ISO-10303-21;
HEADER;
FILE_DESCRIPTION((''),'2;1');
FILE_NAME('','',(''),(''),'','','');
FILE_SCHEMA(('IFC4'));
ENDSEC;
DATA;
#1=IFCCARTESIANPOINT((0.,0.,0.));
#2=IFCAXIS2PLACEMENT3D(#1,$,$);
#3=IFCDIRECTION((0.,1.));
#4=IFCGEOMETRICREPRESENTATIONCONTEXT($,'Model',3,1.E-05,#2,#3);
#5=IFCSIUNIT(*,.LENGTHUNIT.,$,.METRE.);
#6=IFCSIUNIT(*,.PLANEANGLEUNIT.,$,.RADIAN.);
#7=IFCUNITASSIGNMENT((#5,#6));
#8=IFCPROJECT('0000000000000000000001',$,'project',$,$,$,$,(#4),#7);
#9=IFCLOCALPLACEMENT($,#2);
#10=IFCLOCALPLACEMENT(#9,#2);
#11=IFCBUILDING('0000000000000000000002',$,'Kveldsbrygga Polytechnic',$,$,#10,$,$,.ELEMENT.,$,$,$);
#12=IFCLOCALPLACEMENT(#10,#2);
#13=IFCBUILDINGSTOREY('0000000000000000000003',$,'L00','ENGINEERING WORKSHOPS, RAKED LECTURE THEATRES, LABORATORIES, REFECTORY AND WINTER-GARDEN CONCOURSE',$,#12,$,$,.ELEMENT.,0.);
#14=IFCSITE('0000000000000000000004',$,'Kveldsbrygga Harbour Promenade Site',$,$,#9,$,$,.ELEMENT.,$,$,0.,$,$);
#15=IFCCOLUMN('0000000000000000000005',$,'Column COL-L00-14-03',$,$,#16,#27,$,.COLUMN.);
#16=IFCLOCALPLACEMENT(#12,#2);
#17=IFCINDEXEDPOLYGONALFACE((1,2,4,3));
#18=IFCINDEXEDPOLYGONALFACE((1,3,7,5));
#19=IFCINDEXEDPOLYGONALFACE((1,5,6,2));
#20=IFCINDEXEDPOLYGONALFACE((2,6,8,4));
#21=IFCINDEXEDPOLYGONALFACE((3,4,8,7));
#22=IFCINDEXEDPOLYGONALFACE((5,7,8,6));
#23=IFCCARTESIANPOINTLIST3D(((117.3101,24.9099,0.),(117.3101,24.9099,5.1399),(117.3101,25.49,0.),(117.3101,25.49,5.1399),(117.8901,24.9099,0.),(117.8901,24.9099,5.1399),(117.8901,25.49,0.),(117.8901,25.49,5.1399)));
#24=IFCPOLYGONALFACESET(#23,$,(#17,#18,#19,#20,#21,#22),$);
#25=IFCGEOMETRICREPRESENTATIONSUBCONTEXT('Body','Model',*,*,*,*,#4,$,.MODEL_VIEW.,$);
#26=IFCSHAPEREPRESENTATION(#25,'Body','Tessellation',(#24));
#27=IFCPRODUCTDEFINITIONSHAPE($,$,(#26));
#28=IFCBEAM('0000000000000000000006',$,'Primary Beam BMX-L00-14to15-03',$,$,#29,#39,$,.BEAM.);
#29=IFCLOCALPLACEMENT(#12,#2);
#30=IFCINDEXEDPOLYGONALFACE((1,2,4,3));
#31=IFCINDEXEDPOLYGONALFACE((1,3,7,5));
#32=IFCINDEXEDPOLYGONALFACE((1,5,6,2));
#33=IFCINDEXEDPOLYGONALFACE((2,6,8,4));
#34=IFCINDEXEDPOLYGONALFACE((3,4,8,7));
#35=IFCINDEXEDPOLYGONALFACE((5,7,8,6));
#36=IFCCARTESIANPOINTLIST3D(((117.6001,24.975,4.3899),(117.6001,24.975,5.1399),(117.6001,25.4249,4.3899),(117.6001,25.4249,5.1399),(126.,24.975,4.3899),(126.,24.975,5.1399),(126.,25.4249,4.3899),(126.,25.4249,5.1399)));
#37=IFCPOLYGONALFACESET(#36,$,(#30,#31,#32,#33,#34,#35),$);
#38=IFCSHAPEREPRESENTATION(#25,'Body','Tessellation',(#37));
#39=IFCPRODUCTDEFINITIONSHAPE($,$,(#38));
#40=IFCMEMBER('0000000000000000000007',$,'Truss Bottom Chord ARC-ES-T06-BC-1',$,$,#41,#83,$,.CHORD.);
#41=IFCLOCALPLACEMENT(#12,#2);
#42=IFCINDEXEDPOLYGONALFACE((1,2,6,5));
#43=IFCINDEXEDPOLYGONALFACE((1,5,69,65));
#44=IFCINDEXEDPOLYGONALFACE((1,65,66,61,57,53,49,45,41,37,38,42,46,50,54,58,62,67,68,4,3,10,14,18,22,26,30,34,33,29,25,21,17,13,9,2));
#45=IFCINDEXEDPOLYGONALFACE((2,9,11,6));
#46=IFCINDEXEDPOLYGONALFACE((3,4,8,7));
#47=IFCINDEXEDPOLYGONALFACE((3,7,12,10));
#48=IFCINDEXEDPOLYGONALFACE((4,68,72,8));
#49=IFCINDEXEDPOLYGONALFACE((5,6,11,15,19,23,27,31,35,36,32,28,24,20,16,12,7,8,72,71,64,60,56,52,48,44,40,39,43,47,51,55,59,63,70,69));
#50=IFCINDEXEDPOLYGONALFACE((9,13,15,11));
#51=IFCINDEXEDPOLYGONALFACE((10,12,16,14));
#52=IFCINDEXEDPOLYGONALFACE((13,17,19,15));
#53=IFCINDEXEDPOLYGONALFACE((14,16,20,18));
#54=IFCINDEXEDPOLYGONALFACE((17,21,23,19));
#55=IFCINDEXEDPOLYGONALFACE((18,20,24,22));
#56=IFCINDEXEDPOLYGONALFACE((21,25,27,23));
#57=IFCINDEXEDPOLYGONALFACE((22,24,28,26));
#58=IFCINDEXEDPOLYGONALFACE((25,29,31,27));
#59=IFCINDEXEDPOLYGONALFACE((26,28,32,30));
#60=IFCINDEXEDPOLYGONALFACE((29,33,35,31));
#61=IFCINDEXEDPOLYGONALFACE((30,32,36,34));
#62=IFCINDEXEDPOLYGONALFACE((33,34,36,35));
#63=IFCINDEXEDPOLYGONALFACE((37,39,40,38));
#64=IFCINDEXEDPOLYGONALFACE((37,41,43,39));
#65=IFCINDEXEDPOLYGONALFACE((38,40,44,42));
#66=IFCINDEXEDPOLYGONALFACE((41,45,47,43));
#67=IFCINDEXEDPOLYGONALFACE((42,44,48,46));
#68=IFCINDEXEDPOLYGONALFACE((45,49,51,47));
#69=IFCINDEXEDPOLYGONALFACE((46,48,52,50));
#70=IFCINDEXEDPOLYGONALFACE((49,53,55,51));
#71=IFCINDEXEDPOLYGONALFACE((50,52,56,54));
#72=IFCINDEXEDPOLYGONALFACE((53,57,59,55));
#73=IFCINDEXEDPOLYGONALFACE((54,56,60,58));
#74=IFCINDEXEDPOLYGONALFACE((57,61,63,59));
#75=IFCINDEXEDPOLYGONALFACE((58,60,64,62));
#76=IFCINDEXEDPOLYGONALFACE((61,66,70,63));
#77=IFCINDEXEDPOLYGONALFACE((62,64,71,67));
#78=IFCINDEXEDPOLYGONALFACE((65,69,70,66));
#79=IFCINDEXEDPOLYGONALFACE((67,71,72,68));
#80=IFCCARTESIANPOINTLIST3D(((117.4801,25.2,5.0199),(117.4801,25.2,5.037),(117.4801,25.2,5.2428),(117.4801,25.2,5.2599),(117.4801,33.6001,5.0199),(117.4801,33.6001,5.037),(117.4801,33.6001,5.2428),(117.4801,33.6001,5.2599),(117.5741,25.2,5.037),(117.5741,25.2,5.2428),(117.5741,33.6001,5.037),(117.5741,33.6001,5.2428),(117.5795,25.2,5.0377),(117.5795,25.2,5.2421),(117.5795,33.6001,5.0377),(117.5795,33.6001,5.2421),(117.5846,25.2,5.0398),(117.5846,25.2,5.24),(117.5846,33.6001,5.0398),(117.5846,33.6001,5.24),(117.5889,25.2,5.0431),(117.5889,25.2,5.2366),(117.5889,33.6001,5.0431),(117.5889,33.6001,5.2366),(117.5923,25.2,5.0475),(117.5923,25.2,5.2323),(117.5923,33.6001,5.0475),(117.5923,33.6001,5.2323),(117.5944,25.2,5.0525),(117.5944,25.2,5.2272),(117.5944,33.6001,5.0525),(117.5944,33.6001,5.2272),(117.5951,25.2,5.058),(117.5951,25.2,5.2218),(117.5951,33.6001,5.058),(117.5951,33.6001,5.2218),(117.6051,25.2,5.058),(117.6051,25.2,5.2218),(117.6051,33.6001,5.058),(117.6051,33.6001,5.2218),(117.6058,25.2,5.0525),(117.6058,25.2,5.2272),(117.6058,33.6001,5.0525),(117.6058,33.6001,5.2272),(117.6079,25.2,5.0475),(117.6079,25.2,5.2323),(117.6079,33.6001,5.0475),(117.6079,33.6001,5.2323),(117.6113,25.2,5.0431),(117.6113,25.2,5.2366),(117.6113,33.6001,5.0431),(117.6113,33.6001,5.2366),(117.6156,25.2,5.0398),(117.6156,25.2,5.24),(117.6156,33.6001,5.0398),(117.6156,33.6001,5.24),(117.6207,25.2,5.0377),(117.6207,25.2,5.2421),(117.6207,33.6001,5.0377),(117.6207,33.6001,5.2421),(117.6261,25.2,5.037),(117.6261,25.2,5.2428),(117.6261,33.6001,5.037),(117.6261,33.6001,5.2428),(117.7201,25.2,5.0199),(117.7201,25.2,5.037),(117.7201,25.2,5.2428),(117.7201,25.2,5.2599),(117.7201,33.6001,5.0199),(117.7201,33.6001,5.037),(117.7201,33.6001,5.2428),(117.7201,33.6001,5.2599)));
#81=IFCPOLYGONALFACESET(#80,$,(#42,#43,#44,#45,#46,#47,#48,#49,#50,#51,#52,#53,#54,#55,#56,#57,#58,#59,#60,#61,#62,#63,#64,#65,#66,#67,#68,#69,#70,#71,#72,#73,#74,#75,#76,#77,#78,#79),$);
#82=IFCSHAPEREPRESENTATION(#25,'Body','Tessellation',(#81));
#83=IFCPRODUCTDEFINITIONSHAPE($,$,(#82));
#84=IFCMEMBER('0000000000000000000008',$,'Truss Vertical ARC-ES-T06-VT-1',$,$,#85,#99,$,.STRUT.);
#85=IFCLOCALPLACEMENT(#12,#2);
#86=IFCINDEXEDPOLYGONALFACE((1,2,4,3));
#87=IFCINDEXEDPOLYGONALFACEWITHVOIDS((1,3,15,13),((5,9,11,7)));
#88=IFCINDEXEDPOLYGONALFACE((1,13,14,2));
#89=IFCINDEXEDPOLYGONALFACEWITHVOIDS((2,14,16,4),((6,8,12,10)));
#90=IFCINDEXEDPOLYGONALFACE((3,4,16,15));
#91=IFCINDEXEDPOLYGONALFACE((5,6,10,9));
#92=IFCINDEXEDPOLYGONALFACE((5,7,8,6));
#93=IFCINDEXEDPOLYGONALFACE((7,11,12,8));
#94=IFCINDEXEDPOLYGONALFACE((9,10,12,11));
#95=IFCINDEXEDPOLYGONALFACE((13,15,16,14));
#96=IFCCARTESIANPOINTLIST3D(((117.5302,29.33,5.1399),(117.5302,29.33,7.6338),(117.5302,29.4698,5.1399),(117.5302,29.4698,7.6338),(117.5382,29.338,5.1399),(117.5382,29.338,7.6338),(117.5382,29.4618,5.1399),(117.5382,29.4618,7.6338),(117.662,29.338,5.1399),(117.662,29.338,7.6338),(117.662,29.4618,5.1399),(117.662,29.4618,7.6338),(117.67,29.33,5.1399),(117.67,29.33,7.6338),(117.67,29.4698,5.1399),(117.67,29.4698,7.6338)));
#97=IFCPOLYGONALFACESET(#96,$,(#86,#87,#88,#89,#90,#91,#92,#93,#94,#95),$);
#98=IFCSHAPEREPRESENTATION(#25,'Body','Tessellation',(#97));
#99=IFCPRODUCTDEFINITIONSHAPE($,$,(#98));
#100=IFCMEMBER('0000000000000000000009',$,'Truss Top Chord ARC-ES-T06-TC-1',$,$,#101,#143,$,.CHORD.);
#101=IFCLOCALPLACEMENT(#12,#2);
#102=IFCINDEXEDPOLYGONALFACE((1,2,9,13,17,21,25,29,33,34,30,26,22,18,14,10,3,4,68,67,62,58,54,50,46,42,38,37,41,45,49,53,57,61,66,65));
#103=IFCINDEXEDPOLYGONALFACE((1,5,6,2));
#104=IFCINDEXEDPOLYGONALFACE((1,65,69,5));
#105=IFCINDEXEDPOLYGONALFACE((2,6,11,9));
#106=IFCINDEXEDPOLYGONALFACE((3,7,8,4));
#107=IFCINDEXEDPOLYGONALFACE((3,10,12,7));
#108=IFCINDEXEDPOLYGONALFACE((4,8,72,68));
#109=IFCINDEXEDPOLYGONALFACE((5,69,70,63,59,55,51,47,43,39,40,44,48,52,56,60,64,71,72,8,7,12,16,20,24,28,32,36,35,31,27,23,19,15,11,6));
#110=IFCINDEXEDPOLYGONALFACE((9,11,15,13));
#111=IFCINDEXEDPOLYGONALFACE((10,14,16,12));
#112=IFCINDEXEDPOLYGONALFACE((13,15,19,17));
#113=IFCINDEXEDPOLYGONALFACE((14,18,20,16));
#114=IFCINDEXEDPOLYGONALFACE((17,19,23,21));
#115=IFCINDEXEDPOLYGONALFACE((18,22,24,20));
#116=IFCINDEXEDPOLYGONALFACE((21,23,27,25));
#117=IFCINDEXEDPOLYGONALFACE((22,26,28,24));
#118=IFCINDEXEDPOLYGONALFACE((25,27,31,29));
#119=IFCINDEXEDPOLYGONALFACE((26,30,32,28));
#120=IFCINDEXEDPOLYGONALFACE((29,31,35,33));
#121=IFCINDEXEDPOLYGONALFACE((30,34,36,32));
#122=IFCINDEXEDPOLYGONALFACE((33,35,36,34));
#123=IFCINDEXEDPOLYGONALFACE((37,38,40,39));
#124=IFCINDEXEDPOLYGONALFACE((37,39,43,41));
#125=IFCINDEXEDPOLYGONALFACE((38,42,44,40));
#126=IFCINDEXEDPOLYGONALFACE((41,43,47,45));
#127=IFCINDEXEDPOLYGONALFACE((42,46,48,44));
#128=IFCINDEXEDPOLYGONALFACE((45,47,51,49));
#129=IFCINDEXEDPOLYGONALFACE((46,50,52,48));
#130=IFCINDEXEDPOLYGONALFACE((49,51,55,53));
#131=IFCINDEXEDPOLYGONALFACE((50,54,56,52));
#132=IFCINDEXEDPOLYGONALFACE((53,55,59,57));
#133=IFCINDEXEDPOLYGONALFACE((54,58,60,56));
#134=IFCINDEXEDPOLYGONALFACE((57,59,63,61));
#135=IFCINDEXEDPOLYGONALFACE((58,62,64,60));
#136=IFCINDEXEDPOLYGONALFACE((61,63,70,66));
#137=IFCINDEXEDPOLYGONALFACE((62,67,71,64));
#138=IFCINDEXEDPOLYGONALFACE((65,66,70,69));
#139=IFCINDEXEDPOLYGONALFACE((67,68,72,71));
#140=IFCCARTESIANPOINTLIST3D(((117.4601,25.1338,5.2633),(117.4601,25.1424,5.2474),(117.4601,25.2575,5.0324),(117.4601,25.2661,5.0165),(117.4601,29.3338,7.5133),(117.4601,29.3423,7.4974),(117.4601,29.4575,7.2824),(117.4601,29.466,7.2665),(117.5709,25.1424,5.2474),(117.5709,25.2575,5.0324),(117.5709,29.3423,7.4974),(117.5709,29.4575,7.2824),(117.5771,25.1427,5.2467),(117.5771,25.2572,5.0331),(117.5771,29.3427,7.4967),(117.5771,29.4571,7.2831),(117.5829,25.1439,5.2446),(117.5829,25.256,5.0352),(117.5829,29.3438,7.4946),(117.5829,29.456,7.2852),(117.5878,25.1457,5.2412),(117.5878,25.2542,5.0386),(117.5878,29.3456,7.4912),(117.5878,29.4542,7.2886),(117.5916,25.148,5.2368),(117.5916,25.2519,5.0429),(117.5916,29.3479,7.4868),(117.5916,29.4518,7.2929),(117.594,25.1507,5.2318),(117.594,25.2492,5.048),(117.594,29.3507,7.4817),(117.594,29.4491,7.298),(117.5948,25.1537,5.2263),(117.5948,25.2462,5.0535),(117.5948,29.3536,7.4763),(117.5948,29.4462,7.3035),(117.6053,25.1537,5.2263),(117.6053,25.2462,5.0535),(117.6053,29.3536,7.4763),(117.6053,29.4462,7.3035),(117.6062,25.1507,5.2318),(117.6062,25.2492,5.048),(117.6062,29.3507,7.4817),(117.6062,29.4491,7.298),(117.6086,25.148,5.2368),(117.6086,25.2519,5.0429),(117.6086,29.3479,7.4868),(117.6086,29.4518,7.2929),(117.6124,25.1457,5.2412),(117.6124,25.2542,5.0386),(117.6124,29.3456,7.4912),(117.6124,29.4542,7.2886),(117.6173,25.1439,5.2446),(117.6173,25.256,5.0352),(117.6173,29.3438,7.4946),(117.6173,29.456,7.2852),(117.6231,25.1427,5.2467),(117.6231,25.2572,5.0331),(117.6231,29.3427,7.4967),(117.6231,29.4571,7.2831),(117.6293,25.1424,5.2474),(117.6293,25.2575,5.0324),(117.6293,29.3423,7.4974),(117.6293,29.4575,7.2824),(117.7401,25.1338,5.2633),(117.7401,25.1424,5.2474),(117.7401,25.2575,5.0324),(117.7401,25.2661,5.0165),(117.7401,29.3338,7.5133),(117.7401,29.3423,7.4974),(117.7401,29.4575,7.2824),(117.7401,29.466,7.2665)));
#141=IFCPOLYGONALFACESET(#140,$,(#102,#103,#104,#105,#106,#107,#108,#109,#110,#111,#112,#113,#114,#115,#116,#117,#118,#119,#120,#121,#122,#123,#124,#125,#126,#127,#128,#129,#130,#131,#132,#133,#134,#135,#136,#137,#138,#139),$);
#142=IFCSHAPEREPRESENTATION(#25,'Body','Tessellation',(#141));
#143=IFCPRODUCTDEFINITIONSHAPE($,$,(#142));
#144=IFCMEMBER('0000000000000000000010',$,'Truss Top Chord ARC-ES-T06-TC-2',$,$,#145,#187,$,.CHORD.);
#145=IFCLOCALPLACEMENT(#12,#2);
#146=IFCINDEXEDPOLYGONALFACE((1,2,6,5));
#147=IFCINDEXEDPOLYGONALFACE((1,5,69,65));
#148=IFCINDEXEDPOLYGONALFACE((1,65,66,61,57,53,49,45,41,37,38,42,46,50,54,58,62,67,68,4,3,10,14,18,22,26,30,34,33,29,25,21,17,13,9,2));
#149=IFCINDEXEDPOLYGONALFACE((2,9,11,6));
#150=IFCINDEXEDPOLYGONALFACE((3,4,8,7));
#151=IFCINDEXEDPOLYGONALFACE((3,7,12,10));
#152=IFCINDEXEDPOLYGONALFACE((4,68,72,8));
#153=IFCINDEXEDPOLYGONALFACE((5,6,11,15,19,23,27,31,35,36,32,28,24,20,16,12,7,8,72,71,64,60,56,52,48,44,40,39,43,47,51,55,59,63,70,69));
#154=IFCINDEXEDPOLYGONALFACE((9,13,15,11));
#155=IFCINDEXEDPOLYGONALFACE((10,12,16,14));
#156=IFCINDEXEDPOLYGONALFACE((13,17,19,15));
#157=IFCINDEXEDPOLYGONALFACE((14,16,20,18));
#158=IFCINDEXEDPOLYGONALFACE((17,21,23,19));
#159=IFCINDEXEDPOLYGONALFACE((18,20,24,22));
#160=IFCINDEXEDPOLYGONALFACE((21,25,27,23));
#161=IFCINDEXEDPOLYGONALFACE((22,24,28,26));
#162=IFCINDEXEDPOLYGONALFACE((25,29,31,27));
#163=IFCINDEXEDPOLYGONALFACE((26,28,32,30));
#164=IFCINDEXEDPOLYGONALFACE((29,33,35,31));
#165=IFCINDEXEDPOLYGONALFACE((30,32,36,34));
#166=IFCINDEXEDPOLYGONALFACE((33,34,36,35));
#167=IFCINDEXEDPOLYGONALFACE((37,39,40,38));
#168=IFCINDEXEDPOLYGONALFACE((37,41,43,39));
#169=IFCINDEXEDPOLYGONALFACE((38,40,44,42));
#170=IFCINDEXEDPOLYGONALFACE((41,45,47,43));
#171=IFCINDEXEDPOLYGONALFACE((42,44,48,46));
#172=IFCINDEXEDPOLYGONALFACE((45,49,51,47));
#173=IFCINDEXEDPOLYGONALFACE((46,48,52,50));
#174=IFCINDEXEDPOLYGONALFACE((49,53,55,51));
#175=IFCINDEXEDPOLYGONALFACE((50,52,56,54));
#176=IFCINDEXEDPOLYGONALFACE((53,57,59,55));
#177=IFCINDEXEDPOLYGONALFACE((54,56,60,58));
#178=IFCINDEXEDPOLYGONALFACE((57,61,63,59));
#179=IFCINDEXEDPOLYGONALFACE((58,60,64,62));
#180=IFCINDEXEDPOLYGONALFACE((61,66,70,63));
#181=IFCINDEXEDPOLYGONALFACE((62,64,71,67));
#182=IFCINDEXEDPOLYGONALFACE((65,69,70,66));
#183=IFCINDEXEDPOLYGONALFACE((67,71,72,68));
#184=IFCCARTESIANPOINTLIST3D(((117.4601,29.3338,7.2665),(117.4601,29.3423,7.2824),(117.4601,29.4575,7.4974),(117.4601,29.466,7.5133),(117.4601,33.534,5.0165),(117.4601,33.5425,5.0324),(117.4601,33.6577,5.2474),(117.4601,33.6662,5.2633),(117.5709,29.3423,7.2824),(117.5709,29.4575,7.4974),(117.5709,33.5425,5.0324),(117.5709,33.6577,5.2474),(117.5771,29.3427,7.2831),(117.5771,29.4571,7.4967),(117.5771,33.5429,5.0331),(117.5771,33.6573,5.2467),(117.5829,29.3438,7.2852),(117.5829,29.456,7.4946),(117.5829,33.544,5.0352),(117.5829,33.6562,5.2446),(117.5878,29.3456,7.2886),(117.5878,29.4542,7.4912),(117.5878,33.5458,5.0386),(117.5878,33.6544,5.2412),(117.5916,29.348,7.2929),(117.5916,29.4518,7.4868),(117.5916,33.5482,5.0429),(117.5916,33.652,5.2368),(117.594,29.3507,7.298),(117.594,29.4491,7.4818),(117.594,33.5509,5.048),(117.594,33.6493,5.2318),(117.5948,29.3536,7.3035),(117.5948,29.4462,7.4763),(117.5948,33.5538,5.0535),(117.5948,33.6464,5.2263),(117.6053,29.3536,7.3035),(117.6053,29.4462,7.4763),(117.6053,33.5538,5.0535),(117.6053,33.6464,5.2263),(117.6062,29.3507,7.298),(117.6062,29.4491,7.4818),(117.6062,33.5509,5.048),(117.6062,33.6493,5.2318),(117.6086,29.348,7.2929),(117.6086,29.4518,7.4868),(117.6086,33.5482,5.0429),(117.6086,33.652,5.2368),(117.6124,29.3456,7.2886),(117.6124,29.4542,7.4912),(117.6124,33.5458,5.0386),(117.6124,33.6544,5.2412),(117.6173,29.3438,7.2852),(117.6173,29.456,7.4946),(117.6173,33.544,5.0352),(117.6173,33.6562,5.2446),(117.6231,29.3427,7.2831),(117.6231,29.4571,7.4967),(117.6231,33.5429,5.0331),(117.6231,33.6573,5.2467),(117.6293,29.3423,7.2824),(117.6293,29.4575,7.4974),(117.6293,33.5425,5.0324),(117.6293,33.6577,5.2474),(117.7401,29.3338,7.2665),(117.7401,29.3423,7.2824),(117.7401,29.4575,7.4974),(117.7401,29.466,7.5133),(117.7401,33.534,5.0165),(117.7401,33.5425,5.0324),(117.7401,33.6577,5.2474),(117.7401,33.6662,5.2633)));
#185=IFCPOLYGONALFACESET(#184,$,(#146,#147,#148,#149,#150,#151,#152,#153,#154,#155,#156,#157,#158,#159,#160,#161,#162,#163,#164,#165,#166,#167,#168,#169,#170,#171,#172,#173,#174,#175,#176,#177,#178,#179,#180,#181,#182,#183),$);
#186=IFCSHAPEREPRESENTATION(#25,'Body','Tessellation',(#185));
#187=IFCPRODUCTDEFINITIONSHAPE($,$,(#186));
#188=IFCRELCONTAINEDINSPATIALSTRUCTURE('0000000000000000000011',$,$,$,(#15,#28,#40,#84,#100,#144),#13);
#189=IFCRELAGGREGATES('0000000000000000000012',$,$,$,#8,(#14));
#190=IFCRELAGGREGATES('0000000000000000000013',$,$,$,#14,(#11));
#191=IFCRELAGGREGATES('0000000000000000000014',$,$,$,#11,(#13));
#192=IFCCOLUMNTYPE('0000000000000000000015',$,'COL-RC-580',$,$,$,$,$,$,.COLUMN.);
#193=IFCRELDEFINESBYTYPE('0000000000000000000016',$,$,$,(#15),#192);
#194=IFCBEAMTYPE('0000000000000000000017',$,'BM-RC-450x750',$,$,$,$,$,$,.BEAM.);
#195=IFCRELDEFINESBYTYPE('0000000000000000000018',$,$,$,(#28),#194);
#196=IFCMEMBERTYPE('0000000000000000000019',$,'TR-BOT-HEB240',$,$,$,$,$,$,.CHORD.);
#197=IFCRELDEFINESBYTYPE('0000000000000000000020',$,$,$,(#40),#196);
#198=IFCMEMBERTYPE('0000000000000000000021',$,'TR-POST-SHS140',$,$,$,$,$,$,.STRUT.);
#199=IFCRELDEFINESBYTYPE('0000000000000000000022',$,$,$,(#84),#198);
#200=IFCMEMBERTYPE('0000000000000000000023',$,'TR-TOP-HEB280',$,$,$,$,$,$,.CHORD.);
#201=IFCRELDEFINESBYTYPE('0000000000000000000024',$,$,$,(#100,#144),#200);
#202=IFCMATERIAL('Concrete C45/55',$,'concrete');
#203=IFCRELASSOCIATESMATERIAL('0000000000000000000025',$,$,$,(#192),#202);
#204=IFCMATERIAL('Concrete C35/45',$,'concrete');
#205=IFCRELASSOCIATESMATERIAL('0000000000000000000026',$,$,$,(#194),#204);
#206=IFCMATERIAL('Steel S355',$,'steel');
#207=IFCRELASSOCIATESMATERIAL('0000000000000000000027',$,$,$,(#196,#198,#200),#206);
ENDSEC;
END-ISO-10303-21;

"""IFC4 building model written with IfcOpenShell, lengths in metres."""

from ifc_helpers import new_model, si_unit, direction, frame, origin, origin_2d, place, context, subcontext, project, spatial, rectangle, hollow_rectangle, i_section, extrude, material, material_profile, profile_set, type_object, element, save


model = new_model("IFC4")

# Units and contexts
model_context = context("Model", 3, precision=1e-05, world=origin(), true_north=direction((0.0, 1.0)))
body_context = subcontext(model_context, "Body", "Model", "MODEL_VIEW")
ifc_project = project(units=[si_unit("LENGTHUNIT", "METRE"), si_unit("PLANEANGLEUNIT", "RADIAN")], contexts=[model_context])

# Site, building, storey
site_placement = place(None, origin())
site = spatial("IfcSite", under=ifc_project, at=site_placement, Name="Kveldsbrygga Harbour Promenade Site", CompositionType="ELEMENT", RefElevation=0.0)
building_placement = place(site_placement, origin())
building = spatial("IfcBuilding", under=site, at=building_placement, Name="Kveldsbrygga Polytechnic", CompositionType="ELEMENT")
storey_placement = place(building_placement, origin())
storey = spatial("IfcBuildingStorey", under=building, at=storey_placement, Name="L00", Description="ENGINEERING WORKSHOPS, RAKED LECTURE THEATRES, LABORATORIES, REFECTORY AND WINTER-GARDEN CONCOURSE", CompositionType="ELEMENT", Elevation=0.0)

# Column
ifc_material_1 = material(Name="Concrete C45/55", Category="concrete")
ifc_material_profile_1 = material_profile(ifc_material_1, rectangle(XDim=0.5801, YDim=0.5801, at=origin_2d()), Name="RC 580x580")
ifc_profile_set_1 = profile_set([ifc_material_profile_1], Name="Concrete C45/55")
column_type = type_object("IfcColumnType", Name="COL-RC-580", PredefinedType="COLUMN", material=ifc_profile_set_1)
column_placement = place(storey_placement, frame((117.6001, 25.2, 0.0), z_axis=(0.0, 0.0, 1.0), x_axis=(1.0, 0.0, 0.0)))
element("IfcColumn", 1, at=column_placement, inside=storey, type_object=column_type, Name="Column COL-L00-14-03", PredefinedType="COLUMN", context=body_context, shape_type="SweptSolid", body=[
    extrude(rectangle(XDim=0.5801, YDim=0.5801, at=origin_2d()), origin(), (0.0, 0.0, 1.0), 5.1399),
])

# Beam
ifc_material_2 = material(Name="Concrete C35/45", Category="concrete")
ifc_material_profile_2 = material_profile(ifc_material_2, rectangle(XDim=0.45, YDim=0.75, at=origin_2d()), Name="RC 450x750")
ifc_profile_set_2 = profile_set([ifc_material_profile_2], Name="Concrete C35/45")
beam_type = type_object("IfcBeamType", Name="BM-RC-450x750", PredefinedType="BEAM", material=ifc_profile_set_2)
beam_placement = place(storey_placement, frame((117.6001, 25.2, 4.7649), z_axis=(1.0, 0.0, 0.0), x_axis=(0.0, 1.0, 0.0)))
element("IfcBeam", 2, at=beam_placement, inside=storey, type_object=beam_type, Name="Primary Beam BMX-L00-14to15-03", PredefinedType="BEAM", context=body_context, shape_type="SweptSolid", body=[
    extrude(rectangle(XDim=0.45, YDim=0.75, at=origin_2d()), origin(), (0.0, 0.0, 1.0), 8.3999),
])

# Members
ifc_material_3 = material(Name="Steel S355", Category="steel")
ifc_material_profile_3 = material_profile(ifc_material_3, i_section(OverallWidth=0.24, OverallDepth=0.24, WebThickness=0.01, FlangeThickness=0.0171, FilletRadius=0.021, at=origin_2d()), Name="HEB 240")
ifc_profile_set_3 = profile_set([ifc_material_profile_3], Name="Steel S355")
member_type_1 = type_object("IfcMemberType", Name="TR-BOT-HEB240", PredefinedType="CHORD", material=ifc_profile_set_3)
member_1_placement = place(storey_placement, frame((117.6001, 25.2, 5.1399), z_axis=(0.0, 1.0, 0.0), x_axis=(-1.0, 0.0, 0.0)))
element("IfcMember", 3, at=member_1_placement, inside=storey, type_object=member_type_1, Name="Truss Bottom Chord ARC-ES-T06-BC-1", PredefinedType="CHORD", context=body_context, shape_type="SweptSolid", body=[
    extrude(i_section(OverallWidth=0.24, OverallDepth=0.24, WebThickness=0.01, FlangeThickness=0.0171, FilletRadius=0.021, at=origin_2d()), origin(), (0.0, 0.0, 1.0), 8.4001),
])
ifc_material_profile_4 = material_profile(ifc_material_3, hollow_rectangle(XDim=0.1399, YDim=0.1399, WallThickness=0.0081, at=origin_2d()), Name="SHS 140x140x8.0")
ifc_profile_set_4 = profile_set([ifc_material_profile_4], Name="Steel S355")
member_type_2 = type_object("IfcMemberType", Name="TR-POST-SHS140", PredefinedType="STRUT", material=ifc_profile_set_4)
member_2_placement = place(storey_placement, frame((117.6001, 29.3999, 5.1399), z_axis=(0.0, 0.0, 1.0), x_axis=(1.0, 0.0, 0.0)))
element("IfcMember", 4, at=member_2_placement, inside=storey, type_object=member_type_2, Name="Truss Vertical ARC-ES-T06-VT-1", PredefinedType="STRUT", context=body_context, shape_type="SweptSolid", body=[
    extrude(hollow_rectangle(XDim=0.1399, YDim=0.1399, WallThickness=0.0081, at=origin_2d()), origin(), (0.0, 0.0, 1.0), 2.4939),
])
ifc_material_profile_5 = material_profile(ifc_material_3, i_section(OverallWidth=0.28, OverallDepth=0.28, WebThickness=0.0105, FlangeThickness=0.0181, FilletRadius=0.0239, at=origin_2d()), Name="HEB 280")
ifc_profile_set_5 = profile_set([ifc_material_profile_5], Name="Steel S355")
member_type_3 = type_object("IfcMemberType", Name="TR-TOP-HEB280", PredefinedType="CHORD", material=ifc_profile_set_5)
member_3_placement = place(storey_placement, frame((117.6001, 25.2, 5.1399), z_axis=(0.0, 0.881478, 0.472226), x_axis=(-1.0, 0.0, 0.0)))
element("IfcMember", 5, at=member_3_placement, inside=storey, type_object=member_type_3, Name="Truss Top Chord ARC-ES-T06-TC-1", PredefinedType="CHORD", context=body_context, shape_type="SweptSolid", body=[
    extrude(i_section(OverallWidth=0.28, OverallDepth=0.28, WebThickness=0.0105, FlangeThickness=0.0181, FilletRadius=0.0239, at=origin_2d()), origin(), (0.0, 0.0, 1.0), 4.7646),
])
member_4_placement = place(storey_placement, frame((117.6001, 29.3999, 7.3899), z_axis=(0.0, 0.881489, -0.472204), x_axis=(-1.0, 0.0, 0.0)))
element("IfcMember", 6, at=member_4_placement, inside=storey, type_object=member_type_3, Name="Truss Top Chord ARC-ES-T06-TC-2", PredefinedType="CHORD", context=body_context, shape_type="SweptSolid", body=[
    extrude(i_section(OverallWidth=0.28, OverallDepth=0.28, WebThickness=0.0105, FlangeThickness=0.0181, FilletRadius=0.0239, at=origin_2d()), origin(), (0.0, 0.0, 1.0), 4.7649),
])

save(model, "model.ifc")
